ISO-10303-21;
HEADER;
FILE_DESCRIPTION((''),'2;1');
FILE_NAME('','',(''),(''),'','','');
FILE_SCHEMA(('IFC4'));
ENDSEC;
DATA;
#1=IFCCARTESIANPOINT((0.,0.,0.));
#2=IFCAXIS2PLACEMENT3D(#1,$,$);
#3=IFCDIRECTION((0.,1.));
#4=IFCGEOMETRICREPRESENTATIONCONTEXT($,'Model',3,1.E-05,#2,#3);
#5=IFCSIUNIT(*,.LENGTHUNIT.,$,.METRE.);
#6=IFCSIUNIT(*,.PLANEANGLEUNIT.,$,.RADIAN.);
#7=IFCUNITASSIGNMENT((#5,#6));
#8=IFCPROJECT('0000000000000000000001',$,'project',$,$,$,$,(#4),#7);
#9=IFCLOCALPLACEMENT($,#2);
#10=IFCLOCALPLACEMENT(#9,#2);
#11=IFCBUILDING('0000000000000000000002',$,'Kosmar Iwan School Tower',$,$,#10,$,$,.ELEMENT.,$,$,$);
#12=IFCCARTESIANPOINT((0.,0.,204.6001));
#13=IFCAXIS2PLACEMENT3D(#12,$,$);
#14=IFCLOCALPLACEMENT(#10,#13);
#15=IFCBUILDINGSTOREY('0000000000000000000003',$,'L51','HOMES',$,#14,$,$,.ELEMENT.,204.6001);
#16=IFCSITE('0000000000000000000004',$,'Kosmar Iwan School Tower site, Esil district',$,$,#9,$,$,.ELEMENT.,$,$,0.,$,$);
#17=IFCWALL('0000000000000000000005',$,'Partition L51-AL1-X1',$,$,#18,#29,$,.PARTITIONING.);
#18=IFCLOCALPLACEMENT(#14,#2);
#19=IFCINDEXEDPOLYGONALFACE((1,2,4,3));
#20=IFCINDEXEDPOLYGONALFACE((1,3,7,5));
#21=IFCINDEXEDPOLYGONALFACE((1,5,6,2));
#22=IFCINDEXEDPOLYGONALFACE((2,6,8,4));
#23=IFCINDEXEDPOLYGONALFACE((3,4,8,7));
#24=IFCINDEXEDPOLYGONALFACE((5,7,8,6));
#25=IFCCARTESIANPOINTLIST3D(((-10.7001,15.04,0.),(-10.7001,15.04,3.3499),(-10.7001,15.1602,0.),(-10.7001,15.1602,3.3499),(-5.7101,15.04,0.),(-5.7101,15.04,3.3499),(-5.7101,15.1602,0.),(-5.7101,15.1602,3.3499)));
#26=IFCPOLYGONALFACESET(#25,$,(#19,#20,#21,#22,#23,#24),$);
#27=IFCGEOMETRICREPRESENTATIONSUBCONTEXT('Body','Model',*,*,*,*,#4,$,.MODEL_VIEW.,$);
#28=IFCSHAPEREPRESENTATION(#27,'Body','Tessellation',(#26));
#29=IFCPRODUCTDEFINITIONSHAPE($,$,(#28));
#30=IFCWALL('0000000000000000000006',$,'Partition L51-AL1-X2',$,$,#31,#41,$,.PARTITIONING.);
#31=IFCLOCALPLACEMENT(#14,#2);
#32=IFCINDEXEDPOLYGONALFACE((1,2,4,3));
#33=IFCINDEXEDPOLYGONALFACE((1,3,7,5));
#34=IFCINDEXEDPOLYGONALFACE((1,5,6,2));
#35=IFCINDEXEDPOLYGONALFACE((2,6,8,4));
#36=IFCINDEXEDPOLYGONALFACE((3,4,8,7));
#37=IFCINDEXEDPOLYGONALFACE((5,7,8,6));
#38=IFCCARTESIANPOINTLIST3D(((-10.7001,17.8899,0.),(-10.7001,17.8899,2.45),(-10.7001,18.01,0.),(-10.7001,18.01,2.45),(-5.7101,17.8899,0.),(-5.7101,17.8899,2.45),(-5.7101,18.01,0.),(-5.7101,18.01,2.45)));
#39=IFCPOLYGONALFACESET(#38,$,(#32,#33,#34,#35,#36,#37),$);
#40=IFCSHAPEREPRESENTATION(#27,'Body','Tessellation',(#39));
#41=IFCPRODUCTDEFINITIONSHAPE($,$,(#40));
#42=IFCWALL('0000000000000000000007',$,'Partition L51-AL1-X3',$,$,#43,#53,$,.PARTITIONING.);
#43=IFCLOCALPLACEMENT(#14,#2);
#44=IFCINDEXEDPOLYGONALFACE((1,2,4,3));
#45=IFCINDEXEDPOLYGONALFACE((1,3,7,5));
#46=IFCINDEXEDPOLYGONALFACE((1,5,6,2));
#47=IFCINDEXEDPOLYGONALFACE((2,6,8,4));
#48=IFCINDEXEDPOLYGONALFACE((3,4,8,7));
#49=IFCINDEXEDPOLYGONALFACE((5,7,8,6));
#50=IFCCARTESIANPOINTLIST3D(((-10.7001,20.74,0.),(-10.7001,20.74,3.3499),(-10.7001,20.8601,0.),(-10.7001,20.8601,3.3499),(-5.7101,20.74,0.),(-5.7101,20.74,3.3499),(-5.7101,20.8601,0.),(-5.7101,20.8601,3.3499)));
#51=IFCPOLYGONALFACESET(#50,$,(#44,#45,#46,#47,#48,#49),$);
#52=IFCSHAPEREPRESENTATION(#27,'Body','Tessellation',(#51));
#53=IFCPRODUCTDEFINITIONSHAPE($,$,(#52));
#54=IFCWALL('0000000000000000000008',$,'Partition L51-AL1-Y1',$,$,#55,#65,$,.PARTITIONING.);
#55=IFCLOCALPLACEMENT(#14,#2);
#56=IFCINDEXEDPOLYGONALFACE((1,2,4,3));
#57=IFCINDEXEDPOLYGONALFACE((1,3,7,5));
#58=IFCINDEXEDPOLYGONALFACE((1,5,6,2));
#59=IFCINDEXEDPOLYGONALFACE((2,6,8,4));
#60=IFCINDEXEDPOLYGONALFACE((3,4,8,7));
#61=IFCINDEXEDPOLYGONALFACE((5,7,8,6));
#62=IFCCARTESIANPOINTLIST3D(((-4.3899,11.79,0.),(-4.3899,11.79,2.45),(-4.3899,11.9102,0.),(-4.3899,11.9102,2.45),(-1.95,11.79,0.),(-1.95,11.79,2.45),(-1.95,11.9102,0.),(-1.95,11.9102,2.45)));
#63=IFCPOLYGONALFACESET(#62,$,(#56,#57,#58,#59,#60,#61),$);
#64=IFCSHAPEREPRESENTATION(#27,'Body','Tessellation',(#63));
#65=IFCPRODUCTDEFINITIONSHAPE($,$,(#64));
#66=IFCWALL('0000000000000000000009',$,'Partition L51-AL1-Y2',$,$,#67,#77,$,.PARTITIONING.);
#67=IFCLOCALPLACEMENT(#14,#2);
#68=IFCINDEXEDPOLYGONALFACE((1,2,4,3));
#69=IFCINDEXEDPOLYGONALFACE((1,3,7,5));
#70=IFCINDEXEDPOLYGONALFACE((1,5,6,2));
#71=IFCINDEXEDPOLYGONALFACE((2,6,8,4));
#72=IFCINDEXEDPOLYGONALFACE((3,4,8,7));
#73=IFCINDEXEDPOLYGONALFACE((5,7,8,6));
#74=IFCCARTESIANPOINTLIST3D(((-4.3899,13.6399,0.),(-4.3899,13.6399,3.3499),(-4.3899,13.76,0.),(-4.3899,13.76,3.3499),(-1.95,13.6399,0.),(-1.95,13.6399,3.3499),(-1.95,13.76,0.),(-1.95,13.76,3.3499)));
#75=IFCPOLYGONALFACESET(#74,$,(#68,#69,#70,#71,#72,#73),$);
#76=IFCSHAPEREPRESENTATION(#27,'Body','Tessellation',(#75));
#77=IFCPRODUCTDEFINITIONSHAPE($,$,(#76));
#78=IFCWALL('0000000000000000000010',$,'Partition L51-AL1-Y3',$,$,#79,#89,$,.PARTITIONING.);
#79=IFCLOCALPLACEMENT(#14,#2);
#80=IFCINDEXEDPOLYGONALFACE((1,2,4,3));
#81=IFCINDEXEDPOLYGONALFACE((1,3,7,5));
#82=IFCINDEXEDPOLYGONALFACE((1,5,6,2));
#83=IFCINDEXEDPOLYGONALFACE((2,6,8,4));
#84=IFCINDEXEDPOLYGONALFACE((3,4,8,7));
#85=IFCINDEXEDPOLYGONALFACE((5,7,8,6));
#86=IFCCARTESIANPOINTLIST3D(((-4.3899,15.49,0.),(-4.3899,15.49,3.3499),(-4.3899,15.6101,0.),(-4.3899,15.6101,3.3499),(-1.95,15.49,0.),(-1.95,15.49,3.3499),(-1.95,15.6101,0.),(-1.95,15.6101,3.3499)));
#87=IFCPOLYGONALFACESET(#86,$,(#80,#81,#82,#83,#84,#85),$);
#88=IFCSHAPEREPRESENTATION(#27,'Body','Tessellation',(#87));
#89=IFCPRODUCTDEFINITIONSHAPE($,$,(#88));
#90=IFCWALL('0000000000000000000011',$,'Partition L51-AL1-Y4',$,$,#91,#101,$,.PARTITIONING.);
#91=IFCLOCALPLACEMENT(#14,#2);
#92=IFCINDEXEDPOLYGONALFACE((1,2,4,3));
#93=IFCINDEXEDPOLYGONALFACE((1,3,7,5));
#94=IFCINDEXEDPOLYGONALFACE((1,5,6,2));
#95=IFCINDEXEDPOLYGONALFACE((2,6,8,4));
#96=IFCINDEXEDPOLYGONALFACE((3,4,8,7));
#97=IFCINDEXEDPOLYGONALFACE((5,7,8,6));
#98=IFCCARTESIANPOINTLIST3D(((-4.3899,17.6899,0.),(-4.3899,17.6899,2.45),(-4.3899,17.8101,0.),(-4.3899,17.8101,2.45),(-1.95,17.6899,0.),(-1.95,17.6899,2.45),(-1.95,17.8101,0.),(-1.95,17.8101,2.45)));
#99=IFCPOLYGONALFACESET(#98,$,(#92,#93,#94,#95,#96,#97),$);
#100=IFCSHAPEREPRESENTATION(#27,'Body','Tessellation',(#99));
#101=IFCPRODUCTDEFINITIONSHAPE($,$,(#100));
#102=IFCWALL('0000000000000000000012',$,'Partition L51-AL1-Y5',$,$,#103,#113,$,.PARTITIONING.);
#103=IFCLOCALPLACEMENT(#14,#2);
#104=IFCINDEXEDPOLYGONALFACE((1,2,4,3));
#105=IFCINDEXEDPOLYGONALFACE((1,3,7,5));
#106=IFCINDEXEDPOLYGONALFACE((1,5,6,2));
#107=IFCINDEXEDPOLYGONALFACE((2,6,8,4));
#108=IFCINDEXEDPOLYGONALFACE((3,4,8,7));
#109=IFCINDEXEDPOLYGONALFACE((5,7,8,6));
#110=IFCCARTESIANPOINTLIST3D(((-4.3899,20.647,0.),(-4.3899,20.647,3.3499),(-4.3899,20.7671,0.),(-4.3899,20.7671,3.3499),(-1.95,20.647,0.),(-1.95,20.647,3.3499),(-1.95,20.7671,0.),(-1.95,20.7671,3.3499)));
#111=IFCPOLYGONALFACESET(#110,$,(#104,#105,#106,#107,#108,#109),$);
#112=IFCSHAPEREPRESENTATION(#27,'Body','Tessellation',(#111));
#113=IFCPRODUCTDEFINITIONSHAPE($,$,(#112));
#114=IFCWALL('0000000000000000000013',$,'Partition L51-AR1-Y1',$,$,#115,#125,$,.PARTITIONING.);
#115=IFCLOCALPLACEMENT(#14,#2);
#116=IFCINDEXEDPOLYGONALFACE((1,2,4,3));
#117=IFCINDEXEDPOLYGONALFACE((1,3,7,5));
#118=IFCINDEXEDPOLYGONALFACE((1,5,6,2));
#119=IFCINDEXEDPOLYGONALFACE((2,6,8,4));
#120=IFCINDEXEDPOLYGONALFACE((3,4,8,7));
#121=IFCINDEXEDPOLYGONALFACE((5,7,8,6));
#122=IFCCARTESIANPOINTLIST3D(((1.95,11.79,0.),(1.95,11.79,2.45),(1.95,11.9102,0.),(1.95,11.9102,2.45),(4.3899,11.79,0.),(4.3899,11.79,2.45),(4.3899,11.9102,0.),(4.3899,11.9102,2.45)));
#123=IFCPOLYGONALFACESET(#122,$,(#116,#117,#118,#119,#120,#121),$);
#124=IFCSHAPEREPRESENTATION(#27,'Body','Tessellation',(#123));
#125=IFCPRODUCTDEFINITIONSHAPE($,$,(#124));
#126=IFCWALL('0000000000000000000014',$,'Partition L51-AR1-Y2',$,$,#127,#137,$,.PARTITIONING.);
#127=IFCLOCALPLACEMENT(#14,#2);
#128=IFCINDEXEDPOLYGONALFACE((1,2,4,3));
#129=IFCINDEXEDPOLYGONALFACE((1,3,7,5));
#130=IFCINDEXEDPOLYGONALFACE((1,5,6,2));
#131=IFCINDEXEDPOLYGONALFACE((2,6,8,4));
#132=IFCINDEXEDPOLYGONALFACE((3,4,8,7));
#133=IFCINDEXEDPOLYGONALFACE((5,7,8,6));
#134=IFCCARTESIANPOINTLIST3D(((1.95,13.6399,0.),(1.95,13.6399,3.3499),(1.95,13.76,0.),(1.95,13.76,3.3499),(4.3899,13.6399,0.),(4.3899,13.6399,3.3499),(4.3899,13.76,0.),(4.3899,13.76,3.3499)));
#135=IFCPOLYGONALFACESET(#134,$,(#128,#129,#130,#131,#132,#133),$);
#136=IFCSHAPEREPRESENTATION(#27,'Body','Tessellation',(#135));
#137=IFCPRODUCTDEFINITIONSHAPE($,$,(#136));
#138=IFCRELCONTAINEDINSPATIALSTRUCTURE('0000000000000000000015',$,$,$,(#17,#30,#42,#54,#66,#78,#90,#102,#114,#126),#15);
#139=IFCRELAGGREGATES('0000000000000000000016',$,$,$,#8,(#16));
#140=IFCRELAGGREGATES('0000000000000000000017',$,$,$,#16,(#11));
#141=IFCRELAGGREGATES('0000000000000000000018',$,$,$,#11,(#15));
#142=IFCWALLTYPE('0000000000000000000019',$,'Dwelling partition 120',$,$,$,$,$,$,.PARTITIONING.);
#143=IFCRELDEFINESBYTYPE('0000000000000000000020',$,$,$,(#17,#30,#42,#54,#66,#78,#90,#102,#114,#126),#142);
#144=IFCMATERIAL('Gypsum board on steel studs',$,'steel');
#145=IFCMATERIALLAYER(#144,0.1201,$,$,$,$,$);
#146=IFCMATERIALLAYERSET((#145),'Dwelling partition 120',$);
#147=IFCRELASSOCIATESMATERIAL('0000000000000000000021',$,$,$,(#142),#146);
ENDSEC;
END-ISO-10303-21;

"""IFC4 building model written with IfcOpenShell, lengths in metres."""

from ifc_helpers import new_model, si_unit, direction, frame, frame_2d, origin, place, context, subcontext, project, spatial, rectangle, extrude, material, layer, layer_set, type_object, element, save


model = new_model("IFC4")

# Units and contexts
model_context = context("Model", 3, precision=1e-05, world=origin(), true_north=direction((0.0, 1.0)))
body_context = subcontext(model_context, "Body", "Model", "MODEL_VIEW")
ifc_project = project(units=[si_unit("LENGTHUNIT", "METRE"), si_unit("PLANEANGLEUNIT", "RADIAN")], contexts=[model_context])

# Site, building, storey
site_placement = place(None, origin())
site = spatial("IfcSite", under=ifc_project, at=site_placement, Name="Kosmar Iwan School Tower site, Esil district", CompositionType="ELEMENT", RefElevation=0.0)
building_placement = place(site_placement, origin())
building = spatial("IfcBuilding", under=site, at=building_placement, Name="Kosmar Iwan School Tower", CompositionType="ELEMENT")
storey_placement = place(building_placement, frame((0.0, 0.0, 204.6001)))
storey = spatial("IfcBuildingStorey", under=building, at=storey_placement, Name="L51", Description="HOMES", CompositionType="ELEMENT", Elevation=204.6001)

# Walls
ifc_material_1 = material(Name="Gypsum board on steel studs", Category="steel")
ifc_layer_1 = layer(ifc_material_1, 0.1201)
ifc_layer_set_1 = layer_set([ifc_layer_1], Name="Dwelling partition 120")
wall_type_1 = type_object("IfcWallType", Name="Dwelling partition 120", PredefinedType="PARTITIONING", material=ifc_layer_set_1)
wall_1_placement = place(storey_placement, frame((-5.71, 15.1001, 0.0), z_axis=(0.0, 0.0, 1.0), x_axis=(-1.0, 0.0, 0.0)))
element("IfcWall", 1, at=wall_1_placement, inside=storey, type_object=wall_type_1, Name="Partition L51-AL1-X1", PredefinedType="PARTITIONING", context=body_context, shape_type="SweptSolid", body=[
    extrude(rectangle(XDim=4.99, YDim=0.1201, at=frame_2d((2.4951, 0.0))), origin(), (0.0, 0.0, 1.0), 3.3499),
])
wall_2_placement = place(storey_placement, frame((-5.71, 17.95, 0.0), z_axis=(0.0, 0.0, 1.0), x_axis=(-1.0, 0.0, 0.0)))
element("IfcWall", 2, at=wall_2_placement, inside=storey, type_object=wall_type_1, Name="Partition L51-AL1-X2", PredefinedType="PARTITIONING", context=body_context, shape_type="SweptSolid", body=[
    extrude(rectangle(XDim=4.99, YDim=0.1201, at=frame_2d((2.4951, 0.0))), origin(), (0.0, 0.0, 1.0), 2.45),
])
wall_3_placement = place(storey_placement, frame((-5.71, 20.8, 0.0), z_axis=(0.0, 0.0, 1.0), x_axis=(-1.0, 0.0, 0.0)))
element("IfcWall", 3, at=wall_3_placement, inside=storey, type_object=wall_type_1, Name="Partition L51-AL1-X3", PredefinedType="PARTITIONING", context=body_context, shape_type="SweptSolid", body=[
    extrude(rectangle(XDim=4.99, YDim=0.1201, at=frame_2d((2.4951, 0.0))), origin(), (0.0, 0.0, 1.0), 3.3499),
])
wall_4_placement = place(storey_placement, frame((-1.95, 11.8501, 0.0), z_axis=(0.0, 0.0, 1.0), x_axis=(-1.0, 0.0, 0.0)))
element("IfcWall", 4, at=wall_4_placement, inside=storey, type_object=wall_type_1, Name="Partition L51-AL1-Y1", PredefinedType="PARTITIONING", context=body_context, shape_type="SweptSolid", body=[
    extrude(rectangle(XDim=2.4399, YDim=0.1201, at=frame_2d((1.22, 0.0))), origin(), (0.0, 0.0, 1.0), 2.45),
])
for number, where, z_axis, x_axis, name in (
    (5, (-1.95, 13.7, 0.0), (0.0, 0.0, 1.0), (-1.0, 0.0, 0.0), "Partition L51-AL1-Y2"),
    (6, (-1.95, 15.55, 0.0), (0.0, 0.0, 1.0), (-1.0, 0.0, 0.0), "Partition L51-AL1-Y3"),
):
    element("IfcWall", number, at=place(storey_placement, frame(where, z_axis=z_axis, x_axis=x_axis)), inside=storey, type_object=wall_type_1, Name=name, PredefinedType="PARTITIONING", context=body_context, shape_type="SweptSolid", body=[
        extrude(rectangle(XDim=2.4399, YDim=0.1201, at=frame_2d((1.22, 0.0))), origin(), (0.0, 0.0, 1.0), 3.3499),
    ])
wall_5_placement = place(storey_placement, frame((-1.95, 17.75, 0.0), z_axis=(0.0, 0.0, 1.0), x_axis=(-1.0, 0.0, 0.0)))
element("IfcWall", 7, at=wall_5_placement, inside=storey, type_object=wall_type_1, Name="Partition L51-AL1-Y4", PredefinedType="PARTITIONING", context=body_context, shape_type="SweptSolid", body=[
    extrude(rectangle(XDim=2.4399, YDim=0.1201, at=frame_2d((1.22, 0.0))), origin(), (0.0, 0.0, 1.0), 2.45),
])
wall_6_placement = place(storey_placement, frame((-1.95, 20.707, 0.0), z_axis=(0.0, 0.0, 1.0), x_axis=(-1.0, 0.0, 0.0)))
element("IfcWall", 8, at=wall_6_placement, inside=storey, type_object=wall_type_1, Name="Partition L51-AL1-Y5", PredefinedType="PARTITIONING", context=body_context, shape_type="SweptSolid", body=[
    extrude(rectangle(XDim=2.4399, YDim=0.1201, at=frame_2d((1.22, 0.0))), origin(), (0.0, 0.0, 1.0), 3.3499),
])
wall_7_placement = place(storey_placement, frame((1.95, 11.8501, 0.0), z_axis=(0.0, 0.0, 1.0), x_axis=(1.0, 0.0, 0.0)))
element("IfcWall", 9, at=wall_7_placement, inside=storey, type_object=wall_type_1, Name="Partition L51-AR1-Y1", PredefinedType="PARTITIONING", context=body_context, shape_type="SweptSolid", body=[
    extrude(rectangle(XDim=2.4399, YDim=0.1201, at=frame_2d((1.22, 0.0))), origin(), (0.0, 0.0, 1.0), 2.45),
])
wall_8_placement = place(storey_placement, frame((1.95, 13.7, 0.0), z_axis=(0.0, 0.0, 1.0), x_axis=(1.0, 0.0, 0.0)))
element("IfcWall", 10, at=wall_8_placement, inside=storey, type_object=wall_type_1, Name="Partition L51-AR1-Y2", PredefinedType="PARTITIONING", context=body_context, shape_type="SweptSolid", body=[
    extrude(rectangle(XDim=2.4399, YDim=0.1201, at=frame_2d((1.22, 0.0))), origin(), (0.0, 0.0, 1.0), 3.3499),
])

save(model, "model.ifc")
